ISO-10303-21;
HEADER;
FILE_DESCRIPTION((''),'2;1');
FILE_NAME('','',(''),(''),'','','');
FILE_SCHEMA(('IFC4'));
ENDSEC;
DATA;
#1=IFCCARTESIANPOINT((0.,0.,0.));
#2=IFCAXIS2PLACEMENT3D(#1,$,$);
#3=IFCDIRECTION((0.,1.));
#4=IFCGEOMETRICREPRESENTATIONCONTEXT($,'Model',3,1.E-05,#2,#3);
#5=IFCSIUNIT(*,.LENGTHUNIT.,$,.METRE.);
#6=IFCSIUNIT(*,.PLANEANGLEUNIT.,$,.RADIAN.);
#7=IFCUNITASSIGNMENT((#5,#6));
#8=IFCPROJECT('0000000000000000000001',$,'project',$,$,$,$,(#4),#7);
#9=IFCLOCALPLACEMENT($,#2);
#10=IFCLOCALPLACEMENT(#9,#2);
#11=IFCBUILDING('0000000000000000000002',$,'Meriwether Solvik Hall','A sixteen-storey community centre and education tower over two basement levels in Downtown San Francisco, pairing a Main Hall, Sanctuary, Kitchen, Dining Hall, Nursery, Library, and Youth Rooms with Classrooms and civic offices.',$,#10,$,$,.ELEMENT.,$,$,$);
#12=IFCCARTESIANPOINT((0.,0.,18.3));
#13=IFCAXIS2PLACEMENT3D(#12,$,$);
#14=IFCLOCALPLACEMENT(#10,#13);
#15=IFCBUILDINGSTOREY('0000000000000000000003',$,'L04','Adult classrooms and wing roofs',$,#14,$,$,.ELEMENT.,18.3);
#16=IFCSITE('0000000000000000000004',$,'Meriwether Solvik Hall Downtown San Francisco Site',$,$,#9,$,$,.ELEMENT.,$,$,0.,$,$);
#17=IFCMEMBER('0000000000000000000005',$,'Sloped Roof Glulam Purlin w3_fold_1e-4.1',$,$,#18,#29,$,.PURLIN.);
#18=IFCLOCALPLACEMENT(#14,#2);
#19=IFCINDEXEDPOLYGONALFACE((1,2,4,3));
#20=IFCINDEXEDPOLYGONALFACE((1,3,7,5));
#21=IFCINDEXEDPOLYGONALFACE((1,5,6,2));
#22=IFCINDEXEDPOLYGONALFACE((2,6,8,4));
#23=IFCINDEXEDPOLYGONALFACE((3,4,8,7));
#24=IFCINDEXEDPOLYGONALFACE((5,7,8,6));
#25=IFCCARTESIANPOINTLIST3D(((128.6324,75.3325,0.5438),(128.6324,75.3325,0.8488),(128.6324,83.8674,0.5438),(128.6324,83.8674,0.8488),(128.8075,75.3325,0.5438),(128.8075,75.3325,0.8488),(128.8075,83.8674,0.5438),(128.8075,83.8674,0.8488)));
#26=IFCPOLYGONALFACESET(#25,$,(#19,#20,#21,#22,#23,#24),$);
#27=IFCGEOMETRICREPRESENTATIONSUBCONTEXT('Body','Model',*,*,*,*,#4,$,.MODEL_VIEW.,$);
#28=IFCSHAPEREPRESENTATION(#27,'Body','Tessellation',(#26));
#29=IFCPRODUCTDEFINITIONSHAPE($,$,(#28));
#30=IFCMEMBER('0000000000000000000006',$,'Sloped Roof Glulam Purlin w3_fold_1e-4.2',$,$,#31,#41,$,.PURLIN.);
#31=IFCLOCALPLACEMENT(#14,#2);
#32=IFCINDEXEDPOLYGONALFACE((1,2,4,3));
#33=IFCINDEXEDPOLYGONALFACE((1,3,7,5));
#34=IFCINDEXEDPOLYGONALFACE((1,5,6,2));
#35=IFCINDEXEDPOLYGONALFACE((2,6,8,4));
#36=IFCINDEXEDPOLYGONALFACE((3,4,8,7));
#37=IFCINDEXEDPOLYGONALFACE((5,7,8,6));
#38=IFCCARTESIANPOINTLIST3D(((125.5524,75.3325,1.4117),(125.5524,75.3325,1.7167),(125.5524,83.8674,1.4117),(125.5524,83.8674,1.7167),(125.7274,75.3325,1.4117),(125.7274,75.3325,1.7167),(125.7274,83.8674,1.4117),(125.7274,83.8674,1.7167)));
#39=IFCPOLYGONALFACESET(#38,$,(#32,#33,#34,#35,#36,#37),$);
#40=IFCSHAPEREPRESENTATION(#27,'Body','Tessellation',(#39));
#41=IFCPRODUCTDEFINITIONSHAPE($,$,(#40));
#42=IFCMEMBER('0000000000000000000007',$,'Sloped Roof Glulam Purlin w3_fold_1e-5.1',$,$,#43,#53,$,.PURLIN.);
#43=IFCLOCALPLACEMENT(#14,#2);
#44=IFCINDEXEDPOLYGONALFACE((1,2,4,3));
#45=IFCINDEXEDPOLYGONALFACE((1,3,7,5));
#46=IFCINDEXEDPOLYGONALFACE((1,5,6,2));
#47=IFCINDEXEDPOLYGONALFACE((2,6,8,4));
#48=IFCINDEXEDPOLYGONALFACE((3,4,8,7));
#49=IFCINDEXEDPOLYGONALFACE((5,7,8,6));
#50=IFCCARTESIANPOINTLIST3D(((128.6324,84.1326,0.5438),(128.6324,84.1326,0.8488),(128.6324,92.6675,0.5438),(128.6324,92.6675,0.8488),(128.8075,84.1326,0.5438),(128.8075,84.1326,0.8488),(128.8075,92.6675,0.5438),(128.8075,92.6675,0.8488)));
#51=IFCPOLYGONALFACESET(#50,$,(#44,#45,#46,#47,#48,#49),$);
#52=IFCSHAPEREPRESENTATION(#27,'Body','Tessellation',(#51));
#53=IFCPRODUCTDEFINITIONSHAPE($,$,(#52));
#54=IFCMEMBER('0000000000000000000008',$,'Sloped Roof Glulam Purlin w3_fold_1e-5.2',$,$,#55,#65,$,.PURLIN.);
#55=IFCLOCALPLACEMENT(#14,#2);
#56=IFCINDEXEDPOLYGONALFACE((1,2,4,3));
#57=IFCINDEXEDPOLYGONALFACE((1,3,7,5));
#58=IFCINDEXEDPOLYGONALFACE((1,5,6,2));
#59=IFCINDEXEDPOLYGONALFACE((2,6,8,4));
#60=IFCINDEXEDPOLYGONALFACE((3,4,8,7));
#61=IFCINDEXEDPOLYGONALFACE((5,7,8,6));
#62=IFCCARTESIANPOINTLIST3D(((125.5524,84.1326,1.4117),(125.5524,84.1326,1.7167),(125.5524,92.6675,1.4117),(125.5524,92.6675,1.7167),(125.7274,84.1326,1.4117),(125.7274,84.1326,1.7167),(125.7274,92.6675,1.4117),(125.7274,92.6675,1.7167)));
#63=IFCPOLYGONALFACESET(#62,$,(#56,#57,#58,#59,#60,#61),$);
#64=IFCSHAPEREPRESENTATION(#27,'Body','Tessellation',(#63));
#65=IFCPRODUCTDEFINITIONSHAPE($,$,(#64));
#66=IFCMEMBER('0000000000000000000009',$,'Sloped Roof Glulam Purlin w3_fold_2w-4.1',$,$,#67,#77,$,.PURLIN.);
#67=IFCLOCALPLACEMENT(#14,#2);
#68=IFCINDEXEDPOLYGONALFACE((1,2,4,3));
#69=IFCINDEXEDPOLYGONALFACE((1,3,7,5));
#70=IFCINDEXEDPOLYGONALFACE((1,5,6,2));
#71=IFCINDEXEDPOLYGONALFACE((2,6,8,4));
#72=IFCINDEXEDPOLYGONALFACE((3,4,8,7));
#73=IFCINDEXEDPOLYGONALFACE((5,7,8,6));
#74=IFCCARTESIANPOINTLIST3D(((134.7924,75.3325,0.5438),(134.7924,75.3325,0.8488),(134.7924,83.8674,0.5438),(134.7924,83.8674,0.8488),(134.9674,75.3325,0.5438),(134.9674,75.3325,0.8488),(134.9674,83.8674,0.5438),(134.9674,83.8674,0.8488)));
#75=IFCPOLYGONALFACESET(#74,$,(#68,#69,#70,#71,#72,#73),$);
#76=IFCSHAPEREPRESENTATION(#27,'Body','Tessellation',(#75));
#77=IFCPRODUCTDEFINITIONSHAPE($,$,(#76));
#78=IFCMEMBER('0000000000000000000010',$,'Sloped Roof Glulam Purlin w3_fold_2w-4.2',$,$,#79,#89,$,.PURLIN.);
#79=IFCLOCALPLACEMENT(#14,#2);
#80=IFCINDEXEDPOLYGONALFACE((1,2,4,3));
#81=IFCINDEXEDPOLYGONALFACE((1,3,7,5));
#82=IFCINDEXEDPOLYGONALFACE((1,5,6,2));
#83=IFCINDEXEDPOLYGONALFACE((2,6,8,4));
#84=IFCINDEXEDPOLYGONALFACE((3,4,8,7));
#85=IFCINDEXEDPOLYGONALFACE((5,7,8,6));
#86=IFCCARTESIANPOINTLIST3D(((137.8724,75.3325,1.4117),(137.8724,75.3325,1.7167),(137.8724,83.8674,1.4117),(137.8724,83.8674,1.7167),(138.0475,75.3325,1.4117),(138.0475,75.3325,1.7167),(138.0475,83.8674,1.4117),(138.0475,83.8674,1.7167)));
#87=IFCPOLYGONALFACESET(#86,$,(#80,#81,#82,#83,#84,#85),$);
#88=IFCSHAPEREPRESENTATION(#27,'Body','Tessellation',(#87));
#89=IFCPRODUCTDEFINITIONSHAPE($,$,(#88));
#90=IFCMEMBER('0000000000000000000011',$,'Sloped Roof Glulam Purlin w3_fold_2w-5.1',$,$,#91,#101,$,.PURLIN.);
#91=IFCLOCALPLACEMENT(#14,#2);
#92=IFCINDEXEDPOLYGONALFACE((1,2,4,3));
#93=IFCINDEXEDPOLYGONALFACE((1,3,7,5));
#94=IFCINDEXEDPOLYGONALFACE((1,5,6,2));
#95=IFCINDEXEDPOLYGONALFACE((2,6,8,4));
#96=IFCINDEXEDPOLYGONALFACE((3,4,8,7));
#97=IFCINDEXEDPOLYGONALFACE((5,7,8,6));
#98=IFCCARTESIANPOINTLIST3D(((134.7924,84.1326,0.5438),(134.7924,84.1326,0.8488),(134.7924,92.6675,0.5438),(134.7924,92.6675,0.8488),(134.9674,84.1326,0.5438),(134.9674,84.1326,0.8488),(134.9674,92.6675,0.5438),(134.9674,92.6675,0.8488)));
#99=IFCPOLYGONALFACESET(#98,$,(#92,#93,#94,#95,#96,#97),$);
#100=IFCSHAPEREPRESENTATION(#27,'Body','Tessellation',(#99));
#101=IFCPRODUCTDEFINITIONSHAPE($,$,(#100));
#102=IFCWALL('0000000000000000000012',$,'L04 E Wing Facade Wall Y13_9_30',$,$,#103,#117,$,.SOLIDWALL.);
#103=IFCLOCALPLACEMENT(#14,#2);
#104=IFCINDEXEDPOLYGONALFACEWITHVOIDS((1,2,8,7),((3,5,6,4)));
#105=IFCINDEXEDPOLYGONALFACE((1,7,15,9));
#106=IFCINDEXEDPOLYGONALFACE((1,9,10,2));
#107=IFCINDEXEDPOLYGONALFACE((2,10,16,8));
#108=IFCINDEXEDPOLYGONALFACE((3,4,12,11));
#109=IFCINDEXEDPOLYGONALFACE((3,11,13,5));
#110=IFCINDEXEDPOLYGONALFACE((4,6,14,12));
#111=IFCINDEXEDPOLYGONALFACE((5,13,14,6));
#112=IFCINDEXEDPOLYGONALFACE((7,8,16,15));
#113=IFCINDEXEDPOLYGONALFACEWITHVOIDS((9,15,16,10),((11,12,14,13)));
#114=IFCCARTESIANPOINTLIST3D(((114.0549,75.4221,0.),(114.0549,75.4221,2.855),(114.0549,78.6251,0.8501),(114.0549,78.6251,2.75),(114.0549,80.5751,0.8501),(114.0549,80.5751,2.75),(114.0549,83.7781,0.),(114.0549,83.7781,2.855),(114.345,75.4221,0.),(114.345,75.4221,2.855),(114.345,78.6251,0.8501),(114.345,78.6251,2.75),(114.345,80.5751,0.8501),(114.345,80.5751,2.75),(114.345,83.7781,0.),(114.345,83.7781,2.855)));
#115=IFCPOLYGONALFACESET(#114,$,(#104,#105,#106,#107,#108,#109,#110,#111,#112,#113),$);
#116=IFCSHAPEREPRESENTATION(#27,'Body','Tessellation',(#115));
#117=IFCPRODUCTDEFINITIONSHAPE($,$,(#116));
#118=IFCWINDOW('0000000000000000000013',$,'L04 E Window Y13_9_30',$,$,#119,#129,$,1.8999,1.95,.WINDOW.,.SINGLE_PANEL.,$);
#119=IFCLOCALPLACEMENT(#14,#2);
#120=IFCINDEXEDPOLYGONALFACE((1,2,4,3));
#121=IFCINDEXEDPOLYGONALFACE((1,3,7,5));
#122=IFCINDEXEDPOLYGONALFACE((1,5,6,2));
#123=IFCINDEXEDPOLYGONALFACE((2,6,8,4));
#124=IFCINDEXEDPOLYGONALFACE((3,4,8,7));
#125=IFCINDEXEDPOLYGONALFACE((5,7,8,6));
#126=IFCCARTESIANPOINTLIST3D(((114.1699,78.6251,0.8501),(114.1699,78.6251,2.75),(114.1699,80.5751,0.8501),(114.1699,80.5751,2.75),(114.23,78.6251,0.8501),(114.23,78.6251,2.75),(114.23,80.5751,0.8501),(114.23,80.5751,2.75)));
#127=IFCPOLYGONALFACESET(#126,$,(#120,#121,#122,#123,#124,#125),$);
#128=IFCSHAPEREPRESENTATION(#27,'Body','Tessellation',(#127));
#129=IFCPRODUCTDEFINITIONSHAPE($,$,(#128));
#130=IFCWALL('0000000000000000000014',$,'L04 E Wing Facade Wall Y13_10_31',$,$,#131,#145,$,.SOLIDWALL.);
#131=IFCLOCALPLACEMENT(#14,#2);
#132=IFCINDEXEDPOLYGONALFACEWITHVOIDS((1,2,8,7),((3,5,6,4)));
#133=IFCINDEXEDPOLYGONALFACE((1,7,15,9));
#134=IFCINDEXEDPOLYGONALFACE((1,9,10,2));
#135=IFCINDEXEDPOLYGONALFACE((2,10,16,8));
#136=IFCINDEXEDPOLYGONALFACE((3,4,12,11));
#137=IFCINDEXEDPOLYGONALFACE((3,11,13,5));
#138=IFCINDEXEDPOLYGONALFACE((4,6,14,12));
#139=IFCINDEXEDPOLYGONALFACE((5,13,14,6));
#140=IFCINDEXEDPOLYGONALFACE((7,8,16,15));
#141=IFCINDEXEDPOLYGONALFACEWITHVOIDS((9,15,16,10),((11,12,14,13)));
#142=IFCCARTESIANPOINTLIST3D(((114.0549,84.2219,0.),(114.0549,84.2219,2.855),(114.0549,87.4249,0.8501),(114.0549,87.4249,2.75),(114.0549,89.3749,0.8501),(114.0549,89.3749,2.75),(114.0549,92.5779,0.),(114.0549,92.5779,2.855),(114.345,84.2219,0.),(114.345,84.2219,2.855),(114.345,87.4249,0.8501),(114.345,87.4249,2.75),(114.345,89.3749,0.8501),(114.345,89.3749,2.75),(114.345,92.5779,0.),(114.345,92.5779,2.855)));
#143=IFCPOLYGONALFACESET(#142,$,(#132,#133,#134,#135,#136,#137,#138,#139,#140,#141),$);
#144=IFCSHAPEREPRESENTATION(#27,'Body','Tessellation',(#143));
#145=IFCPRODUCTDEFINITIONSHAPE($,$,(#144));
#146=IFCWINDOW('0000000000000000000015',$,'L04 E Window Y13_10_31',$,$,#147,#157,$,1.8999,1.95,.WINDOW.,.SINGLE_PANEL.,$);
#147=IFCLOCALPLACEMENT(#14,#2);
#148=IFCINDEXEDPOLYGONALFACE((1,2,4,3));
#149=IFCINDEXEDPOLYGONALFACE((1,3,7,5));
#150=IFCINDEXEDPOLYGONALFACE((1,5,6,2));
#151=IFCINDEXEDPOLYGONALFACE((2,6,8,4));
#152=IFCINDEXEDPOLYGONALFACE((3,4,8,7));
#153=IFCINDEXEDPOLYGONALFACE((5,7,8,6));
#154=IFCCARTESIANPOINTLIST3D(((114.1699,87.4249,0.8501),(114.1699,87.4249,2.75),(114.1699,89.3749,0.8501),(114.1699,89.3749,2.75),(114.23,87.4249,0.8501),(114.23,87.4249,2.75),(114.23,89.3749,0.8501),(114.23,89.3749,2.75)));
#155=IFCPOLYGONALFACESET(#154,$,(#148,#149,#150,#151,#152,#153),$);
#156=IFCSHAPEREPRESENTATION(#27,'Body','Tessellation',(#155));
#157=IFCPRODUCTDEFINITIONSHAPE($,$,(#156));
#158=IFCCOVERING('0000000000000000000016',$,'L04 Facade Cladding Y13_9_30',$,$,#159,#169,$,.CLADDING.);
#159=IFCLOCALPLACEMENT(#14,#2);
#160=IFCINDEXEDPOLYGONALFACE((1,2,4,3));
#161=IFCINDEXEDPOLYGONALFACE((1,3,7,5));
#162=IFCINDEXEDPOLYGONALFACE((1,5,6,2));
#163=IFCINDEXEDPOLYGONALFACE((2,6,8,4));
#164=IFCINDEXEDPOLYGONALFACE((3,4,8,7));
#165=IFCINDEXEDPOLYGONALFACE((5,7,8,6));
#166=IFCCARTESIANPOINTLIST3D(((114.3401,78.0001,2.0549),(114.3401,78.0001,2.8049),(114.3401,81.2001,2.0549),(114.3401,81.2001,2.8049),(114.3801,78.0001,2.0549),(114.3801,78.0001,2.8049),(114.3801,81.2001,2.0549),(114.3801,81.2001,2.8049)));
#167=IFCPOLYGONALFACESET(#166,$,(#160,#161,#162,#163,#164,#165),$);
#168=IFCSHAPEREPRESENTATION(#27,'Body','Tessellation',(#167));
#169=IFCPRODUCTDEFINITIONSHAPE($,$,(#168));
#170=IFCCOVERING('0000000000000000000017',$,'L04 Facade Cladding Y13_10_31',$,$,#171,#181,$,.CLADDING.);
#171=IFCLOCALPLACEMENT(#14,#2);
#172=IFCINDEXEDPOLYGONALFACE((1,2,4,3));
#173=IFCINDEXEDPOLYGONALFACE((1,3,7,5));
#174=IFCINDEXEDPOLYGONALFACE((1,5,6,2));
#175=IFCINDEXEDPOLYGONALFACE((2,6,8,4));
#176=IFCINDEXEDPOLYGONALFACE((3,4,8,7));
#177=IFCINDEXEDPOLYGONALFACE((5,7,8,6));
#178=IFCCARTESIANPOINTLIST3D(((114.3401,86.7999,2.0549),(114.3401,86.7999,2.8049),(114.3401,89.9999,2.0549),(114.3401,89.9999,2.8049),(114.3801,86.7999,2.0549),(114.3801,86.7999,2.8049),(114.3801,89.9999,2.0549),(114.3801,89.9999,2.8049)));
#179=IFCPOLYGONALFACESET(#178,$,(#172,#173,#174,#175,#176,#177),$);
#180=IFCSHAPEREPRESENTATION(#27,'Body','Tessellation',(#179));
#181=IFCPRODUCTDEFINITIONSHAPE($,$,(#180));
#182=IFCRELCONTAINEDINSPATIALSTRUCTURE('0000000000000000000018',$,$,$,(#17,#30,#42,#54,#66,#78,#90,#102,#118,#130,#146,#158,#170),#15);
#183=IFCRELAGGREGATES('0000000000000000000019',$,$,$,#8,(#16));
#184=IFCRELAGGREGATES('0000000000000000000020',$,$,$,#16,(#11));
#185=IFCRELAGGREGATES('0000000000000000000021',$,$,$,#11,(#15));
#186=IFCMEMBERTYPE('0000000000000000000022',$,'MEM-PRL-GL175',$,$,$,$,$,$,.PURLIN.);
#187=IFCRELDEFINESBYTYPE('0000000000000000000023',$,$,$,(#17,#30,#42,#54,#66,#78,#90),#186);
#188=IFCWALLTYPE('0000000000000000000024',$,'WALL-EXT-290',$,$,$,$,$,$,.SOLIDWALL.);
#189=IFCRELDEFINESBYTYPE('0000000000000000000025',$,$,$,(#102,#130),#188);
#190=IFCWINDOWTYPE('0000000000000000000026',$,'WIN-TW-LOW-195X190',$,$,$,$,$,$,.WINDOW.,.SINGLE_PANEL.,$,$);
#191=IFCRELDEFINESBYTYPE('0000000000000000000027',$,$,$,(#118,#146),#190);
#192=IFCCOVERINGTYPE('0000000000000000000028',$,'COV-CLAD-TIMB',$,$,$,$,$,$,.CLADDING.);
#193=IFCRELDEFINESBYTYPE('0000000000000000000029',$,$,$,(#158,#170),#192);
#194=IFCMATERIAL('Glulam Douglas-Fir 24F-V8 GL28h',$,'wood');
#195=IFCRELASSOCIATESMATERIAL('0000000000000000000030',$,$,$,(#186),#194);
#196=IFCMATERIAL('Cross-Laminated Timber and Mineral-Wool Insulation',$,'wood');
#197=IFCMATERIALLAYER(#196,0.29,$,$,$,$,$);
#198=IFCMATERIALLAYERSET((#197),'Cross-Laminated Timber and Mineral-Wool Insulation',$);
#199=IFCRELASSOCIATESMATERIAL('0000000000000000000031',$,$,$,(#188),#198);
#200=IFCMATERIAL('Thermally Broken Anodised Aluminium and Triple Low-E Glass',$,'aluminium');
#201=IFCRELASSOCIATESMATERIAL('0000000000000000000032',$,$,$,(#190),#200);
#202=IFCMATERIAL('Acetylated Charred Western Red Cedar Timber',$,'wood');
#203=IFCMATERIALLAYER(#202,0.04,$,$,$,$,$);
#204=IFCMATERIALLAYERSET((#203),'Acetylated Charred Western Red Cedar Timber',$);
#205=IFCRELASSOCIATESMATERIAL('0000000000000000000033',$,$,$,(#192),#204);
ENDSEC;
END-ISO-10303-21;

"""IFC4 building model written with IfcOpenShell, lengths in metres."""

from ifc_helpers import new_model, si_unit, direction, frame, frame_2d, origin, origin_2d, place, context, subcontext, project, spatial, rectangle, extrude, material, layer, layer_set, material_profile, profile_set, type_object, element, fill, save


model = new_model("IFC4")

# Units and contexts
model_context = context("Model", 3, precision=1e-05, world=origin(), true_north=direction((0.0, 1.0)))
body_context = subcontext(model_context, "Body", "Model", "MODEL_VIEW")
ifc_project = project(units=[si_unit("LENGTHUNIT", "METRE"), si_unit("PLANEANGLEUNIT", "RADIAN")], contexts=[model_context])

# Site, building, storey
site_placement = place(None, origin())
site = spatial("IfcSite", under=ifc_project, at=site_placement, Name="Meriwether Solvik Hall Downtown San Francisco Site", CompositionType="ELEMENT", RefElevation=0.0)
building_placement = place(site_placement, origin())
building = spatial("IfcBuilding", under=site, at=building_placement, Name="Meriwether Solvik Hall", Description="A sixteen-storey community centre and education tower over two basement levels in Downtown San Francisco, pairing a Main Hall, Sanctuary, Kitchen, Dining Hall, Nursery, Library, and Youth Rooms with Classrooms and civic offices.", CompositionType="ELEMENT")
storey_placement = place(building_placement, frame((0.0, 0.0, 18.3)))
storey = spatial("IfcBuildingStorey", under=building, at=storey_placement, Name="L04", Description="Adult classrooms and wing roofs", CompositionType="ELEMENT", Elevation=18.3)

# Members
ifc_material_1 = material(Name="Glulam Douglas-Fir 24F-V8 GL28h", Category="wood")
ifc_material_profile_1 = material_profile(ifc_material_1, rectangle(XDim=0.175, YDim=0.3049, at=origin_2d()), Name="GLM-175X305")
ifc_profile_set_1 = profile_set([ifc_material_profile_1], Name="Glulam Douglas-Fir 24F-V8 GL28h")
member_type = type_object("IfcMemberType", Name="MEM-PRL-GL175", PredefinedType="PURLIN", material=ifc_profile_set_1)
for number, where, z_axis, x_axis, name in (
    (1, (128.72, 75.3325, 0.6963), (0.0, 1.0, 0.0), (-1.0, 0.0, 0.0), "Sloped Roof Glulam Purlin w3_fold_1e-4.1"),
    (2, (125.6399, 75.3325, 1.5642), (0.0, 1.0, 0.0), (-1.0, 0.0, 0.0), "Sloped Roof Glulam Purlin w3_fold_1e-4.2"),
    (3, (128.72, 84.1326, 0.6963), (0.0, 1.0, 0.0), (-1.0, 0.0, 0.0), "Sloped Roof Glulam Purlin w3_fold_1e-5.1"),
    (4, (125.6399, 84.1326, 1.5642), (0.0, 1.0, 0.0), (-1.0, 0.0, 0.0), "Sloped Roof Glulam Purlin w3_fold_1e-5.2"),
    (5, (134.8799, 75.3325, 0.6963), (0.0, 1.0, 0.0), (-1.0, 0.0, 0.0), "Sloped Roof Glulam Purlin w3_fold_2w-4.1"),
    (6, (137.96, 75.3325, 1.5642), (0.0, 1.0, 0.0), (-1.0, 0.0, 0.0), "Sloped Roof Glulam Purlin w3_fold_2w-4.2"),
    (7, (134.8799, 84.1326, 0.6963), (0.0, 1.0, 0.0), (-1.0, 0.0, 0.0), "Sloped Roof Glulam Purlin w3_fold_2w-5.1"),
):
    element("IfcMember", number, at=place(storey_placement, frame(where, z_axis=z_axis, x_axis=x_axis)), inside=storey, type_object=member_type, Name=name, PredefinedType="PURLIN", context=body_context, shape_type="SweptSolid", body=[
        extrude(rectangle(XDim=0.175, YDim=0.3049, at=origin_2d()), origin(), (0.0, 0.0, 1.0), 8.5349),
    ])

# Walls, openings, windows
ifc_material_2 = material(Name="Cross-Laminated Timber and Mineral-Wool Insulation", Category="wood")
ifc_layer_1 = layer(ifc_material_2, 0.29)
ifc_layer_set_1 = layer_set([ifc_layer_1], Name="Cross-Laminated Timber and Mineral-Wool Insulation")
wall_type = type_object("IfcWallType", Name="WALL-EXT-290", PredefinedType="SOLIDWALL", material=ifc_layer_set_1)
wall_1_placement = place(storey_placement, frame((114.2, 83.7781, 0.0), z_axis=(0.0, 0.0, 1.0), x_axis=(0.0, -1.0, 0.0)))
wall_1 = element("IfcWall", 8, at=wall_1_placement, inside=storey, type_object=wall_type, Name="L04 E Wing Facade Wall Y13_9_30", PredefinedType="SOLIDWALL", context=body_context, shape_type="SweptSolid", body=[
    extrude(rectangle(XDim=8.356, YDim=0.29, at=frame_2d((4.178, 0.0))), origin(), (0.0, 0.0, 1.0), 2.855),
])
opening_1_placement = place(wall_1_placement, frame((3.2029, 0.0, 0.8501)))
opening_1 = element("IfcOpeningElement", 9, at=opening_1_placement, cuts=wall_1, PredefinedType="OPENING", context=body_context, shape_type="SweptSolid", body=[
    extrude(rectangle(XDim=1.95, YDim=1.8999, at=frame_2d((0.9751, 0.95))), frame((0.0, 0.157, 0.0), z_axis=(0.0, -1.0, 0.0), x_axis=(1.0, 0.0, 0.0)), (0.0, 0.0, 1.0), 0.314),
])
ifc_material_3 = material(Name="Thermally Broken Anodised Aluminium and Triple Low-E Glass", Category="aluminium")
window_type = type_object("IfcWindowType", Name="WIN-TW-LOW-195X190", PartitioningType="SINGLE_PANEL", PredefinedType="WINDOW", material=ifc_material_3)
window_1_placement = place(opening_1_placement, origin())
window_1 = element("IfcWindow", 10, at=window_1_placement, inside=storey, type_object=window_type, Name="L04 E Window Y13_9_30", OverallHeight=1.8999, OverallWidth=1.95, PartitioningType="SINGLE_PANEL", PredefinedType="WINDOW", context=body_context, shape_type="SweptSolid", body=[
    extrude(rectangle(XDim=1.95, YDim=1.8999, at=frame_2d((0.9751, 0.95))), frame((0.0, 0.03, 0.0), z_axis=(0.0, -1.0, 0.0), x_axis=(1.0, 0.0, 0.0)), (0.0, 0.0, 1.0), 0.0601),
])
fill(opening_1, window_1)
wall_2_placement = place(storey_placement, frame((114.2, 92.5779, 0.0), z_axis=(0.0, 0.0, 1.0), x_axis=(0.0, -1.0, 0.0)))
wall_2 = element("IfcWall", 11, at=wall_2_placement, inside=storey, type_object=wall_type, Name="L04 E Wing Facade Wall Y13_10_31", PredefinedType="SOLIDWALL", context=body_context, shape_type="SweptSolid", body=[
    extrude(rectangle(XDim=8.356, YDim=0.29, at=frame_2d((4.178, 0.0))), origin(), (0.0, 0.0, 1.0), 2.855),
])
opening_2_placement = place(wall_2_placement, frame((3.2029, 0.0, 0.8501)))
opening_2 = element("IfcOpeningElement", 12, at=opening_2_placement, cuts=wall_2, PredefinedType="OPENING", context=body_context, shape_type="SweptSolid", body=[
    extrude(rectangle(XDim=1.95, YDim=1.8999, at=frame_2d((0.9751, 0.95))), frame((0.0, 0.157, 0.0), z_axis=(0.0, -1.0, 0.0), x_axis=(1.0, 0.0, 0.0)), (0.0, 0.0, 1.0), 0.314),
])
window_2_placement = place(opening_2_placement, origin())
window_2 = element("IfcWindow", 13, at=window_2_placement, inside=storey, type_object=window_type, Name="L04 E Window Y13_10_31", OverallHeight=1.8999, OverallWidth=1.95, PartitioningType="SINGLE_PANEL", PredefinedType="WINDOW", context=body_context, shape_type="SweptSolid", body=[
    extrude(rectangle(XDim=1.95, YDim=1.8999, at=frame_2d((0.9751, 0.95))), frame((0.0, 0.03, 0.0), z_axis=(0.0, -1.0, 0.0), x_axis=(1.0, 0.0, 0.0)), (0.0, 0.0, 1.0), 0.0601),
])
fill(opening_2, window_2)

# Coverings
ifc_material_4 = material(Name="Acetylated Charred Western Red Cedar Timber", Category="wood")
ifc_layer_2 = layer(ifc_material_4, 0.04)
ifc_layer_set_2 = layer_set([ifc_layer_2], Name="Acetylated Charred Western Red Cedar Timber")
covering_type = type_object("IfcCoveringType", Name="COV-CLAD-TIMB", PredefinedType="CLADDING", material=ifc_layer_set_2)
for number, where, z_axis, x_axis, name in (
    (14, (114.3601, 79.6001, 2.0549), (0.0, 0.0, 1.0), (0.0, -1.0, 0.0), "L04 Facade Cladding Y13_9_30"),
    (15, (114.3601, 88.3999, 2.0549), (0.0, 0.0, 1.0), (0.0, -1.0, 0.0), "L04 Facade Cladding Y13_10_31"),
):
    element("IfcCovering", number, at=place(storey_placement, frame(where, z_axis=z_axis, x_axis=x_axis)), inside=storey, type_object=covering_type, Name=name, PredefinedType="CLADDING", context=body_context, shape_type="SweptSolid", body=[
        extrude(rectangle(XDim=3.2, YDim=0.04, at=origin_2d()), origin(), (0.0, 0.0, 1.0), 0.75),
    ])

save(model, "model.ifc")
